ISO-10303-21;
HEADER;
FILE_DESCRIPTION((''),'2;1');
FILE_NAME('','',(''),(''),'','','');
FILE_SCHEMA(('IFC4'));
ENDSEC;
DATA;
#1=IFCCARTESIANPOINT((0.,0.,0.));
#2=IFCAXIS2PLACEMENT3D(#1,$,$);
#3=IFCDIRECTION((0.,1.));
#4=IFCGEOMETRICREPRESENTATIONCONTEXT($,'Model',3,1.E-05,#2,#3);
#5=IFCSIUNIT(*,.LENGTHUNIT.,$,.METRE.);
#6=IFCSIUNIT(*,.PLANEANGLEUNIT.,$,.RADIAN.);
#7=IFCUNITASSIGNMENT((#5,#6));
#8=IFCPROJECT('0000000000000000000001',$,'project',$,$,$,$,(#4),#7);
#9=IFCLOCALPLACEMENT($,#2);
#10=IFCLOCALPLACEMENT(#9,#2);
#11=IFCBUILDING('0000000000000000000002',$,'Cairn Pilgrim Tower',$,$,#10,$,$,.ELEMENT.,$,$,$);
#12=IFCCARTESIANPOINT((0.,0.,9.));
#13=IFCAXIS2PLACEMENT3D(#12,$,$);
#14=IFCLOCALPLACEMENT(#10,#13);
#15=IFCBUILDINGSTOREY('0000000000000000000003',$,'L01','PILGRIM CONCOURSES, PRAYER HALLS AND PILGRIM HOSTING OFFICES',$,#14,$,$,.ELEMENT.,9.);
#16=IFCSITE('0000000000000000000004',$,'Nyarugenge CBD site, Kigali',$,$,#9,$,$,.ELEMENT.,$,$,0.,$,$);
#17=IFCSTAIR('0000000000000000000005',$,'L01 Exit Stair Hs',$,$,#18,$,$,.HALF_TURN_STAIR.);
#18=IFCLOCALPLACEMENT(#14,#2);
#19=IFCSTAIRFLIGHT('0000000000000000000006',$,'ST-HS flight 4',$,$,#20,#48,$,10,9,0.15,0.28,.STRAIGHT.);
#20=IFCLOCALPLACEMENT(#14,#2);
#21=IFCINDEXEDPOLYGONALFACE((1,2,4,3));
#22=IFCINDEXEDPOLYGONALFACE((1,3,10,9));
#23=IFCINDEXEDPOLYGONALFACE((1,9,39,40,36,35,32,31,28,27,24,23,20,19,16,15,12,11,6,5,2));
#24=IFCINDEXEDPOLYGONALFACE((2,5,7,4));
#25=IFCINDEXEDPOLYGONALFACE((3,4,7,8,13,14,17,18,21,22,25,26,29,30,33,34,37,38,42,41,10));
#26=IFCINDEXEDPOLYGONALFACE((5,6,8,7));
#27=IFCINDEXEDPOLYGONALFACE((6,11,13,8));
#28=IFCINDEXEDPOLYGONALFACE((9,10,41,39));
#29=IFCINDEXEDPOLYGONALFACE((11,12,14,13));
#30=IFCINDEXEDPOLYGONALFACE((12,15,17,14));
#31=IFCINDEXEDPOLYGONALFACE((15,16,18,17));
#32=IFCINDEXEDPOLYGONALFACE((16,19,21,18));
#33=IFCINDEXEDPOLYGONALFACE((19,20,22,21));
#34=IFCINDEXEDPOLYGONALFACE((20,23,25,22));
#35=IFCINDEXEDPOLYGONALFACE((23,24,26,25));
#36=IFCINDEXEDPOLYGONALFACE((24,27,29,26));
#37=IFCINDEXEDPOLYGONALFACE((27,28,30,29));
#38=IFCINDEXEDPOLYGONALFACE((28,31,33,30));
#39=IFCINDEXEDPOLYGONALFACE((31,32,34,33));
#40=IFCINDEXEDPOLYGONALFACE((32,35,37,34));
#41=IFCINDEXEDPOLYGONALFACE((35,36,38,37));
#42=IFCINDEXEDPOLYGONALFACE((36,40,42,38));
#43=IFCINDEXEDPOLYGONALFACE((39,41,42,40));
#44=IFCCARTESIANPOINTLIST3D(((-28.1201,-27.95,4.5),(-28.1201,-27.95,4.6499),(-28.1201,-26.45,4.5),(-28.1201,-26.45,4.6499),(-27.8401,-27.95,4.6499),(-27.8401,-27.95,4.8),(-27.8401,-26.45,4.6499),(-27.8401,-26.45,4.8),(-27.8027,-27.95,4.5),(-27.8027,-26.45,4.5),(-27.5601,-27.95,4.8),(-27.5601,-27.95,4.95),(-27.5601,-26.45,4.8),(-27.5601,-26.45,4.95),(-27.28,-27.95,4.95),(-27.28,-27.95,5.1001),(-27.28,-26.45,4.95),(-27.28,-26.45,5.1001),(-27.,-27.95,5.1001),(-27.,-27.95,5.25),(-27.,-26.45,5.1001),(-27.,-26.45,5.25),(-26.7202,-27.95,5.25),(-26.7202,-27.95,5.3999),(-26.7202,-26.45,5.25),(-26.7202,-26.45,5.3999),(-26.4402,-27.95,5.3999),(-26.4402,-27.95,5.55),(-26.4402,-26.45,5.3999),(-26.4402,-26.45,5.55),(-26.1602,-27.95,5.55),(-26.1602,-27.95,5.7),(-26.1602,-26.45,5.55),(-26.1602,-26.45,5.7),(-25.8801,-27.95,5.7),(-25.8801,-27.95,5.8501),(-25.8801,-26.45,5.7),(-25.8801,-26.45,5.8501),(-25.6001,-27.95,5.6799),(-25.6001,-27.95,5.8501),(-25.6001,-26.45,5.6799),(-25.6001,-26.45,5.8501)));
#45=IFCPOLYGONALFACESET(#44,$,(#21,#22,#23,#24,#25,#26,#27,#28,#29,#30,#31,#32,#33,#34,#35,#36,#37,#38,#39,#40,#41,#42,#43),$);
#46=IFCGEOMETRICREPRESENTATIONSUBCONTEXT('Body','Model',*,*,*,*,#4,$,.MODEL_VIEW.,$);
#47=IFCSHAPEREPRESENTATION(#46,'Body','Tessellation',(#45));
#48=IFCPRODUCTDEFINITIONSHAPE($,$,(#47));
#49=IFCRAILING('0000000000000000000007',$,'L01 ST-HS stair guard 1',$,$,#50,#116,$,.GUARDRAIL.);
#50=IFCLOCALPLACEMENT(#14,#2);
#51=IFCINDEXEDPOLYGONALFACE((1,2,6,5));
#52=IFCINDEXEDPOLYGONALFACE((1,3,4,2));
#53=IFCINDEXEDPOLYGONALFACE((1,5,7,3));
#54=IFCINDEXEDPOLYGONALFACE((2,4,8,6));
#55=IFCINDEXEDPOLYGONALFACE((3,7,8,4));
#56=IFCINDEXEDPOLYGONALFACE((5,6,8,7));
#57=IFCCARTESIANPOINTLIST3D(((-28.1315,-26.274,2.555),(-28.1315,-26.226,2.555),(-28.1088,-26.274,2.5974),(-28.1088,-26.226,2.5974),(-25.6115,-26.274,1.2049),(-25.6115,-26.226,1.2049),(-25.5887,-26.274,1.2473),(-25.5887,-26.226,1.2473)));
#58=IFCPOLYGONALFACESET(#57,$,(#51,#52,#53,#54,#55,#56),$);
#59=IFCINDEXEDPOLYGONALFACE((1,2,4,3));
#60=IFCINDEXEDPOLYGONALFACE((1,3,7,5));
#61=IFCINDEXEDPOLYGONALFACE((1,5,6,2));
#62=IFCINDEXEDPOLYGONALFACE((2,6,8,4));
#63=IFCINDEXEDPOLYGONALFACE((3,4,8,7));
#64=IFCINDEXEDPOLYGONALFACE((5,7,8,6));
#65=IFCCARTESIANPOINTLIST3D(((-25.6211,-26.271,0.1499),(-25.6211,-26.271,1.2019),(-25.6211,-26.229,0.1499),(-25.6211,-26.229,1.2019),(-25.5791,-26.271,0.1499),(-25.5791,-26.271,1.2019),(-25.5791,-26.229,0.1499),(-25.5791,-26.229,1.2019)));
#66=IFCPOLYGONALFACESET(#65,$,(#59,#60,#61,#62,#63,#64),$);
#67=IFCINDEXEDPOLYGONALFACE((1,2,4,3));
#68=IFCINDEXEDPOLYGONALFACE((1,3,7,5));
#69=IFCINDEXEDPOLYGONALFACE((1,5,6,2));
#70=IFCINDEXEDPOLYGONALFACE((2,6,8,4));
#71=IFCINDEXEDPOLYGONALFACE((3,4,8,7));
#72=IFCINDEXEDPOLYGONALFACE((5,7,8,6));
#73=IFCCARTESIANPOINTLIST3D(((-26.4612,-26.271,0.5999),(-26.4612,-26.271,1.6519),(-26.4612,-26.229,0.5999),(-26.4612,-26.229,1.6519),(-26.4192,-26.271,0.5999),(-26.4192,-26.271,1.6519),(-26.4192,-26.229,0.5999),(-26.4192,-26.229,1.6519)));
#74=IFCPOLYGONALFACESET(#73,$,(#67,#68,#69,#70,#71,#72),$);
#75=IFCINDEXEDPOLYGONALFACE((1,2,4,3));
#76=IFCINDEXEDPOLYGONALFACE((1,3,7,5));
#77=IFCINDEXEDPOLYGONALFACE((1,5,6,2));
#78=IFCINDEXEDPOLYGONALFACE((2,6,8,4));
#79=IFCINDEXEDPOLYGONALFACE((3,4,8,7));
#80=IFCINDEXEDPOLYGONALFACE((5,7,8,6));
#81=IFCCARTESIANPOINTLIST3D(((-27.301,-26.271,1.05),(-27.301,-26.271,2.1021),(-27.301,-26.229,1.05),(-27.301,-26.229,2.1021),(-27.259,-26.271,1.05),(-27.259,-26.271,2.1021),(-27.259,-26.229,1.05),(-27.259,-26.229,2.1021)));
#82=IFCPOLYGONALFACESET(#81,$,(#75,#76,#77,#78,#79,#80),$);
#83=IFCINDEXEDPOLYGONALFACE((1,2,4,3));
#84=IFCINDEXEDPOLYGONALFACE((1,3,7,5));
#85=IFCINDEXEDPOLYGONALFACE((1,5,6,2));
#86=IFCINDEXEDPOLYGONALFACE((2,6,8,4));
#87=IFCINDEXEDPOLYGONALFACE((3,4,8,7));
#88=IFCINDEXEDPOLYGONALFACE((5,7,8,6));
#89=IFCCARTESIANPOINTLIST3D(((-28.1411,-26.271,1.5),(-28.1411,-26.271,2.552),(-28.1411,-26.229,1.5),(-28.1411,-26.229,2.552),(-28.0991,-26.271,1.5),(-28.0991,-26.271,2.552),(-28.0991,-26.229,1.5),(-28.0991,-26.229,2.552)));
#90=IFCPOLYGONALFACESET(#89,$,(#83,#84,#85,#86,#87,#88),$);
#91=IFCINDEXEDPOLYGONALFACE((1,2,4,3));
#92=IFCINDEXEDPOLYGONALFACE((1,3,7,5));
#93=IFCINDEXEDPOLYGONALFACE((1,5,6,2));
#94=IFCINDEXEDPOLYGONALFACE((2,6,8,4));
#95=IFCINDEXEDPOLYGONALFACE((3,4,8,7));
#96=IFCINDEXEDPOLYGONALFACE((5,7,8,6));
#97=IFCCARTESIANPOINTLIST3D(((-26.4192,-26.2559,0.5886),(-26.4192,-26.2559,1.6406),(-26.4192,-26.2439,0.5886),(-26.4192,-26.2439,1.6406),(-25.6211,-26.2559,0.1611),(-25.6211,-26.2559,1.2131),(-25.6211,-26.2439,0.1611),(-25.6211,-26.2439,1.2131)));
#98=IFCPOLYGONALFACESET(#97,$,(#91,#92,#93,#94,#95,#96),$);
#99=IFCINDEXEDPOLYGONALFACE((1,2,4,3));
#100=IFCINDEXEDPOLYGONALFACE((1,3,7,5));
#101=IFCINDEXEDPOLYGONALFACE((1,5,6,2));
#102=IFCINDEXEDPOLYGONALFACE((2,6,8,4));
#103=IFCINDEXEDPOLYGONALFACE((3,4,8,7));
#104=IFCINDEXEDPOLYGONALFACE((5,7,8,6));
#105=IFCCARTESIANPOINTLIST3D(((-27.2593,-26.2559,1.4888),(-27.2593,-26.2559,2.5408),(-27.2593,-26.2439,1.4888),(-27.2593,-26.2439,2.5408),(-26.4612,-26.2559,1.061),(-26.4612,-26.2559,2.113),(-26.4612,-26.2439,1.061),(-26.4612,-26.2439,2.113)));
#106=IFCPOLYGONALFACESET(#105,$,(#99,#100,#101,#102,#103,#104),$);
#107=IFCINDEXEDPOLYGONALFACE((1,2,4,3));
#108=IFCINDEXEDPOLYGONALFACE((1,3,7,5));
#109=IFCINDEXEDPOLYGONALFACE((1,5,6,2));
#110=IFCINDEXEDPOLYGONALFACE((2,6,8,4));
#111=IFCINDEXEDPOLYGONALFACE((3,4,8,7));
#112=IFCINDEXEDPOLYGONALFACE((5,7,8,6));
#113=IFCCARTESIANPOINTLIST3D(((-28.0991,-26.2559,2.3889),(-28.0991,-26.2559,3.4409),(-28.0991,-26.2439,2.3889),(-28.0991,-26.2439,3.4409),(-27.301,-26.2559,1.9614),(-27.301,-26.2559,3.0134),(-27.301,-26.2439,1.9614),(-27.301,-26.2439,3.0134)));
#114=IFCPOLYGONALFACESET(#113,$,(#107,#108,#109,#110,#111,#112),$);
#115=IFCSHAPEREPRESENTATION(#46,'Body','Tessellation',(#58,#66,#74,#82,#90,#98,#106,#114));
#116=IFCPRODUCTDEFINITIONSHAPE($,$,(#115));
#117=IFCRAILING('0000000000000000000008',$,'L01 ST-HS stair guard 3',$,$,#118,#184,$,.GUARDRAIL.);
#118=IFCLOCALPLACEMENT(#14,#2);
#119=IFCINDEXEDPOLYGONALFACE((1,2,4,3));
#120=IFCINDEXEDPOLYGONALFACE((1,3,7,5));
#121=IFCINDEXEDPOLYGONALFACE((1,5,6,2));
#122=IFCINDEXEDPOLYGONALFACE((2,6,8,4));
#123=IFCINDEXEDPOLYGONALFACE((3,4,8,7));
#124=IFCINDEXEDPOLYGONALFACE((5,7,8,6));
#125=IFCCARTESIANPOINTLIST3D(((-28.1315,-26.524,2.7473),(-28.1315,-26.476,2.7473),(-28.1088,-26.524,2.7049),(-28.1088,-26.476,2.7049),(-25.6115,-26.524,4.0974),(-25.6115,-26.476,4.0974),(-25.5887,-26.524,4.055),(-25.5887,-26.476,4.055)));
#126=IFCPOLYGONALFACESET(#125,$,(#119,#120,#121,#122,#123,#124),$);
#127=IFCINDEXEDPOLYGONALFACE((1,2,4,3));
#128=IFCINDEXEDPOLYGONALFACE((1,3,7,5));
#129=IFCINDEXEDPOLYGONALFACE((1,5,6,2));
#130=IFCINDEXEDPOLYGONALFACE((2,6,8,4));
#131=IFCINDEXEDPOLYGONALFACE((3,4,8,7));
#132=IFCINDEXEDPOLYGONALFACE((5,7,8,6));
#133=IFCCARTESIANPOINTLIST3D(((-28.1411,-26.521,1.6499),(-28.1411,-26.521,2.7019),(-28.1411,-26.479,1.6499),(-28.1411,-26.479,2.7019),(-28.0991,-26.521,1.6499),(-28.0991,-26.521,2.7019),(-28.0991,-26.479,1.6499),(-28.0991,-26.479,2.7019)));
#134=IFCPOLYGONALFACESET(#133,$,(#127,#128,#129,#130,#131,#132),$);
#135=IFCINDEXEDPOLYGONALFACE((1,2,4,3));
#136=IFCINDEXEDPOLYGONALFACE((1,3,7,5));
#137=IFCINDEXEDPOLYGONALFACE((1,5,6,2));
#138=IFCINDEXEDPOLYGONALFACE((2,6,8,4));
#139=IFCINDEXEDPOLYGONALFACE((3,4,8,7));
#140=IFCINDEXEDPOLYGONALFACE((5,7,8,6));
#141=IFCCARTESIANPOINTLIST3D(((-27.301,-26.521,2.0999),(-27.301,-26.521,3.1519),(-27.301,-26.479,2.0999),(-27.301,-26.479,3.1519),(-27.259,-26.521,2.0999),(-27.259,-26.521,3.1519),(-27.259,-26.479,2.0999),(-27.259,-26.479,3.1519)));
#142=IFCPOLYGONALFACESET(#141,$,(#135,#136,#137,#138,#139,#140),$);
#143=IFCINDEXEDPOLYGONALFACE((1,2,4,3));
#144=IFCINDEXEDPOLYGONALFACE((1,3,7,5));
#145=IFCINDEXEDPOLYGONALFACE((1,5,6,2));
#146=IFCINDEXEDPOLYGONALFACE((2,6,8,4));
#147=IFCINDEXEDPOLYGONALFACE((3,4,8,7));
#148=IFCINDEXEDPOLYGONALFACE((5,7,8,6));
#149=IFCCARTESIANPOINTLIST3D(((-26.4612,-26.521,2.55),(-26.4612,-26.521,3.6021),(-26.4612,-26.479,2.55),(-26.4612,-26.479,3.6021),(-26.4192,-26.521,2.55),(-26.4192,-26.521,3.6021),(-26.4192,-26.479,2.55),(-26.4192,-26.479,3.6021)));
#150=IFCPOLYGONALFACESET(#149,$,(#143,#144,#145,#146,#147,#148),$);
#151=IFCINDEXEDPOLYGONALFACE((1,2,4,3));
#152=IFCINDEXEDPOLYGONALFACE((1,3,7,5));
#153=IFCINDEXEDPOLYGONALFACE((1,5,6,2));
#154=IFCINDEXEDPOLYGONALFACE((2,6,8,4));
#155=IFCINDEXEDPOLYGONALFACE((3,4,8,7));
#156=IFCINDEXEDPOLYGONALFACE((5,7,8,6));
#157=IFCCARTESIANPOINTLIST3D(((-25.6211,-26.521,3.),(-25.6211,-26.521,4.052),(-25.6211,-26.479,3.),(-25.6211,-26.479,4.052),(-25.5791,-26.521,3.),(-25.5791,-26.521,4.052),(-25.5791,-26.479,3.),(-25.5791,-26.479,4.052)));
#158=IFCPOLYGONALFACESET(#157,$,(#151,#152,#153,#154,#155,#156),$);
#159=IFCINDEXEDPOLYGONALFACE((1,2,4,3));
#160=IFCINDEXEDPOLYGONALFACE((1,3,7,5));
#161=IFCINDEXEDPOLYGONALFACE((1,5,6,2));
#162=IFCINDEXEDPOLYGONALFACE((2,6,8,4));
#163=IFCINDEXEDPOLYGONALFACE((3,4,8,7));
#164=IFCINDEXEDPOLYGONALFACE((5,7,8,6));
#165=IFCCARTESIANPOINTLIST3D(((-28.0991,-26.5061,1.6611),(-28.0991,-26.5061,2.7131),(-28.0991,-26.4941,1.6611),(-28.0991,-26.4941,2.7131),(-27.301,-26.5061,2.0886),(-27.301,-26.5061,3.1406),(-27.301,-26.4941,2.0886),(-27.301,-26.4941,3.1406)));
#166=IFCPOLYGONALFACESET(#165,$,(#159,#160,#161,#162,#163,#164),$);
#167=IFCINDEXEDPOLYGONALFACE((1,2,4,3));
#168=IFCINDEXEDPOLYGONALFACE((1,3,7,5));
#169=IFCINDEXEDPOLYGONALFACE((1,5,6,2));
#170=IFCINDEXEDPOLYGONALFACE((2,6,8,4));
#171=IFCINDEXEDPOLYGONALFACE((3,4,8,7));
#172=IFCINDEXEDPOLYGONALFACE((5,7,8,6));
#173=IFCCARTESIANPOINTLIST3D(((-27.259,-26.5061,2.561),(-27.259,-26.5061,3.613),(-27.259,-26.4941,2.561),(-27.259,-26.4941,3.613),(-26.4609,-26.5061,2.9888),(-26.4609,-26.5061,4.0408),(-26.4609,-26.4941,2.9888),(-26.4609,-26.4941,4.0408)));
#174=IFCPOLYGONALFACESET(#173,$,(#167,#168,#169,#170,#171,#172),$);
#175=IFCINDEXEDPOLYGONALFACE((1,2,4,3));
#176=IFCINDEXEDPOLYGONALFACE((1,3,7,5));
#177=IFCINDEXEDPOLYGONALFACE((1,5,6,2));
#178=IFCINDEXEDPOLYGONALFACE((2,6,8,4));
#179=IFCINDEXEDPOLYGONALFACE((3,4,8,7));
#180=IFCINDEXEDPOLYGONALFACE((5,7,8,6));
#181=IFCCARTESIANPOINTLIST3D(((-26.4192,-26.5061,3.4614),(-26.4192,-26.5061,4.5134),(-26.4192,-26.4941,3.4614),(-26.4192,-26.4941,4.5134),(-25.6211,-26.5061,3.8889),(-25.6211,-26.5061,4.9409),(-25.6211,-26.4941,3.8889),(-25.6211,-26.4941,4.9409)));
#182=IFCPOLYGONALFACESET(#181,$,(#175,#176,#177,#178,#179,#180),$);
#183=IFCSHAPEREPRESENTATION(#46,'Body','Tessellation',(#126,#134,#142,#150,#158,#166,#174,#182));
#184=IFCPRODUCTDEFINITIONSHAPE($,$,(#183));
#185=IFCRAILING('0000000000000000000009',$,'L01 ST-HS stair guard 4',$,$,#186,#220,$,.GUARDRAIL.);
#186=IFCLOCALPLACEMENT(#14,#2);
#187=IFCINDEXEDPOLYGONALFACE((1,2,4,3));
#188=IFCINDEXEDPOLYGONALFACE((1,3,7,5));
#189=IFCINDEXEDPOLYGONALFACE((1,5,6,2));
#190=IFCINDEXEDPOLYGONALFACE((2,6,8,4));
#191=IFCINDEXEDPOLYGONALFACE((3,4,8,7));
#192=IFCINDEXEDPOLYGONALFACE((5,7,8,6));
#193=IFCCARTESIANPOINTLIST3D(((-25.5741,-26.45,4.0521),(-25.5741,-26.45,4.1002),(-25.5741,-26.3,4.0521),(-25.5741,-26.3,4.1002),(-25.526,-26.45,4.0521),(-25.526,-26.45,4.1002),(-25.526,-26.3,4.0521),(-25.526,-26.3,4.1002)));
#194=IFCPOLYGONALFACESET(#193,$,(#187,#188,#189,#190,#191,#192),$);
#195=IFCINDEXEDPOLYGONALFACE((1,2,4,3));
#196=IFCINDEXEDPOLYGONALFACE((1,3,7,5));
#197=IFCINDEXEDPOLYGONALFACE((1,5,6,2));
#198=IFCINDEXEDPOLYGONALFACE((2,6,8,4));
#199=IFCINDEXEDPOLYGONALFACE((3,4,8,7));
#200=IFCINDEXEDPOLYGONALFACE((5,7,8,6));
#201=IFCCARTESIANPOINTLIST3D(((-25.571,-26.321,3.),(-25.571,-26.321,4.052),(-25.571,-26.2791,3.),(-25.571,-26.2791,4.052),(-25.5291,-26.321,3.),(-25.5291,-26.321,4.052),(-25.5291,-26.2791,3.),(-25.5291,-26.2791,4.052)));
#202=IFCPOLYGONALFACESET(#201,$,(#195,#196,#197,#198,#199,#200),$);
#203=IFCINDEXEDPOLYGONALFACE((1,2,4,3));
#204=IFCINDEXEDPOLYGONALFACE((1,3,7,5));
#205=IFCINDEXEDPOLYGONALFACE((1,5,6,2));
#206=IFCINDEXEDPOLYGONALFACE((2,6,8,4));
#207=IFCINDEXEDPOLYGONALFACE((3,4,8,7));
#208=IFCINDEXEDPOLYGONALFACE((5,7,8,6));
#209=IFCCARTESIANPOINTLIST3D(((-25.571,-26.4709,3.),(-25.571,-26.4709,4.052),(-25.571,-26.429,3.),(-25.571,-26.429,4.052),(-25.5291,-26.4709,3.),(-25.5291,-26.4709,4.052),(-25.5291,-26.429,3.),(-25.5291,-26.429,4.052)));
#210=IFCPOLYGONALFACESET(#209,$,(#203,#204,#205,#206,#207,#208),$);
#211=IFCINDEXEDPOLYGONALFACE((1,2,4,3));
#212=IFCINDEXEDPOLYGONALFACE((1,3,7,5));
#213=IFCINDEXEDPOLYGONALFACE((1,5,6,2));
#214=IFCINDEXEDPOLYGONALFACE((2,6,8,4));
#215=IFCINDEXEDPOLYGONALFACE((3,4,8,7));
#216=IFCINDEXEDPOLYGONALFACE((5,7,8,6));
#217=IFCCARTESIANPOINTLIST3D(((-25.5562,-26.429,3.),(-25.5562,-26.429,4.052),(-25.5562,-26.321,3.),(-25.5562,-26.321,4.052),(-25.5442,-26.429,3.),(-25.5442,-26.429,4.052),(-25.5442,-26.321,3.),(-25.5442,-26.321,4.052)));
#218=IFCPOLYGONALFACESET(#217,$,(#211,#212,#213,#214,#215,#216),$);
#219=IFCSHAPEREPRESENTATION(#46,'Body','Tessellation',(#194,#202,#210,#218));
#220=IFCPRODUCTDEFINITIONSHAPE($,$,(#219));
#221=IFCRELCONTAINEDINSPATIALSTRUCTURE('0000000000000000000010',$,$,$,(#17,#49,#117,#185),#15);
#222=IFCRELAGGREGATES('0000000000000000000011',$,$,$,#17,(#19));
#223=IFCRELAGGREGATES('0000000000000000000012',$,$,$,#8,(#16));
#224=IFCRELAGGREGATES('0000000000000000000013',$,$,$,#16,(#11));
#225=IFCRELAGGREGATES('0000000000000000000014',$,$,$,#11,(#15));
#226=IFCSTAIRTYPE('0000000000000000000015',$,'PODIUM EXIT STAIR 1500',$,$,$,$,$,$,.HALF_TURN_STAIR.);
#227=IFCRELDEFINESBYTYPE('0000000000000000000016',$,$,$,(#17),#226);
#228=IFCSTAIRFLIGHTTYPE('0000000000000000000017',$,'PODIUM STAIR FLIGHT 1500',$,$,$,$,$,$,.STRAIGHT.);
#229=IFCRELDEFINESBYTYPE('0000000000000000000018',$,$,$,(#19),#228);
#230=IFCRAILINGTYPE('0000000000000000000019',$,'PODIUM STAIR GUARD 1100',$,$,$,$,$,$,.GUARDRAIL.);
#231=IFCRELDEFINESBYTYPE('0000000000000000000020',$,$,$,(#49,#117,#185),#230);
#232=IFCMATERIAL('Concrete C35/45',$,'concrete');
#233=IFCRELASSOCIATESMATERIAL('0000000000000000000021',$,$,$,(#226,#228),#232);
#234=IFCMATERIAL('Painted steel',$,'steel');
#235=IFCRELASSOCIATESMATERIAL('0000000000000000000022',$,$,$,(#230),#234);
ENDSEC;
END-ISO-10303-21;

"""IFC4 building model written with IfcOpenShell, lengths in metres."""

from ifc_helpers import new_model, si_unit, direction, frame, origin, origin_2d, place, context, subcontext, project, spatial, polyline, rectangle, outline, extrude, material, type_object, element, aggregate, save


model = new_model("IFC4")

# Units and contexts
model_context = context("Model", 3, precision=1e-05, world=origin(), true_north=direction((0.0, 1.0)))
body_context = subcontext(model_context, "Body", "Model", "MODEL_VIEW")
ifc_project = project(units=[si_unit("LENGTHUNIT", "METRE"), si_unit("PLANEANGLEUNIT", "RADIAN")], contexts=[model_context])

# Site, building, storey
site_placement = place(None, origin())
site = spatial("IfcSite", under=ifc_project, at=site_placement, Name="Nyarugenge CBD site, Kigali", CompositionType="ELEMENT", RefElevation=0.0)
building_placement = place(site_placement, origin())
building = spatial("IfcBuilding", under=site, at=building_placement, Name="Cairn Pilgrim Tower", CompositionType="ELEMENT")
storey_placement = place(building_placement, frame((0.0, 0.0, 9.0)))
storey = spatial("IfcBuildingStorey", under=building, at=storey_placement, Name="L01", Description="PILGRIM CONCOURSES, PRAYER HALLS AND PILGRIM HOSTING OFFICES", CompositionType="ELEMENT", Elevation=9.0)

# Shared definitions
ifc_material_1 = material(Name="Concrete C35/45", Category="concrete")

# Stair, stair flight
stair_type = type_object("IfcStairType", Name="PODIUM EXIT STAIR 1500", PredefinedType="HALF_TURN_STAIR", material=ifc_material_1)
stair_placement = place(storey_placement, origin())
stair = element("IfcStair", 1, at=stair_placement, inside=storey, type_object=stair_type, Name="L01 Exit Stair Hs", PredefinedType="HALF_TURN_STAIR")
stair_flight_type = type_object("IfcStairFlightType", Name="PODIUM STAIR FLIGHT 1500", PredefinedType="STRAIGHT", material=ifc_material_1)
stair_flight_1_placement = place(storey_placement, frame((-28.1201, -27.2, 4.5), z_axis=(0.0, 0.0, 1.0), x_axis=(1.0, 0.0, 0.0)))
stair_flight_1 = element("IfcStairFlight", 2, at=stair_flight_1_placement, type_object=stair_flight_type, Name="ST-HS flight 4", NumberOfRisers=10, NumberOfTreads=9, PredefinedType="STRAIGHT", RiserHeight=0.15, TreadLength=0.28, context=body_context, shape_type="SweptSolid", body=[
    extrude(outline(polyline([(0.0, 0.0), (0.0, 0.1499), (0.28, 0.1499), (0.28, 0.3), (0.5601, 0.3), (0.5601, 0.45), (0.8401, 0.45), (0.8401, 0.6001), (1.1201, 0.6001), (1.1201, 0.75), (1.3999, 0.75), (1.3999, 0.8999), (1.6799, 0.8999), (1.6799, 1.05), (1.96, 1.05), (1.96, 1.2), (2.24, 1.2), (2.24, 1.3501), (2.52, 1.3501), (2.52, 1.5), (2.52, 1.1799), (0.3174, 0.0), (0.0, 0.0)])), frame((0.0, 0.75, 0.0), z_axis=(0.0, -1.0, 0.0), x_axis=(1.0, 0.0, 0.0)), (0.0, 0.0, 1.0), 1.5),
])
aggregate(stair, [stair_flight_1])

# Railings
ifc_material_2 = material(Name="Painted steel", Category="steel")
railing_type_1 = type_object("IfcRailingType", Name="PODIUM STAIR GUARD 1100", PredefinedType="GUARDRAIL", material=ifc_material_2)
railing_1_placement = place(storey_placement, frame((-25.6001, -26.25, 0.1499)))
element("IfcRailing", 3, at=railing_1_placement, inside=storey, type_object=railing_type_1, Name="L01 ST-HS stair guard 1", PredefinedType="GUARDRAIL", context=body_context, shape_type="SweptSolid", body=[
    extrude(rectangle(XDim=0.0481, YDim=0.0481, at=origin_2d()), frame((0.0, 0.0, 1.0762), z_axis=(-0.881467, 0.0, 0.472245), x_axis=(0.0, -1.0, 0.0)), (0.0, 0.0, 1.0), 2.8589),
    extrude(rectangle(XDim=0.042, YDim=0.042, at=origin_2d()), origin(), (0.0, 0.0, 1.0), 1.052),
    extrude(rectangle(XDim=0.042, YDim=0.042, at=origin_2d()), frame((-0.8401, 0.0, 0.45)), (0.0, 0.0, 1.0), 1.052),
    extrude(rectangle(XDim=0.042, YDim=0.042, at=origin_2d()), frame((-1.6799, 0.0, 0.9001)), (0.0, 0.0, 1.0), 1.052),
    extrude(rectangle(XDim=0.042, YDim=0.042, at=origin_2d()), frame((-2.52, 0.0, 1.3501)), (0.0, 0.0, 1.0), 1.052),
    extrude(outline(polyline([(0.021, 0.0112), (0.8191, 0.4387), (0.8191, 1.4907), (0.021, 1.0632), (0.021, 0.0112)])), frame((0.0, -0.0059, 0.0), z_axis=(0.0, 1.0, 0.0), x_axis=(-1.0, 0.0, 0.0)), (0.0, 0.0, 1.0), 0.012),
    extrude(outline(polyline([(0.021, 0.4612), (0.8191, 0.8889), (0.8191, 1.9409), (0.021, 1.5132), (0.021, 0.4612)])), frame((-0.8401, -0.0059, 0.45), z_axis=(0.0, 1.0, 0.0), x_axis=(-1.0, 0.0, 0.0)), (0.0, 0.0, 1.0), 0.012),
    extrude(outline(polyline([(0.021, 0.9114), (0.8191, 1.3389), (0.8191, 2.3909), (0.021, 1.9634), (0.021, 0.9114)])), frame((-1.6799, -0.0059, 0.9001), z_axis=(0.0, 1.0, 0.0), x_axis=(-1.0, 0.0, 0.0)), (0.0, 0.0, 1.0), 0.012),
])
railing_2_placement = place(storey_placement, frame((-28.1201, -26.5, 1.6499)))
element("IfcRailing", 4, at=railing_2_placement, inside=storey, type_object=railing_type_1, Name="L01 ST-HS stair guard 3", PredefinedType="GUARDRAIL", context=body_context, shape_type="SweptSolid", body=[
    extrude(rectangle(XDim=0.0481, YDim=0.0481, at=origin_2d()), frame((0.0, 0.0, 1.0762), z_axis=(0.881467, 0.0, 0.472245), x_axis=(0.0, 1.0, 0.0)), (0.0, 0.0, 1.0), 2.8589),
    extrude(rectangle(XDim=0.042, YDim=0.042, at=origin_2d()), origin(), (0.0, 0.0, 1.0), 1.052),
    extrude(rectangle(XDim=0.042, YDim=0.042, at=origin_2d()), frame((0.8401, 0.0, 0.45)), (0.0, 0.0, 1.0), 1.052),
    extrude(rectangle(XDim=0.042, YDim=0.042, at=origin_2d()), frame((1.6799, 0.0, 0.9001)), (0.0, 0.0, 1.0), 1.052),
    extrude(rectangle(XDim=0.042, YDim=0.042, at=origin_2d()), frame((2.52, 0.0, 1.3501)), (0.0, 0.0, 1.0), 1.052),
    extrude(outline(polyline([(0.021, 0.0112), (0.8191, 0.4387), (0.8191, 1.4907), (0.021, 1.0632), (0.021, 0.0112)])), frame((0.0, 0.0059, 0.0), z_axis=(0.0, -1.0, 0.0), x_axis=(1.0, 0.0, 0.0)), (0.0, 0.0, 1.0), 0.012),
    extrude(outline(polyline([(0.021, 0.4612), (0.8191, 0.8889), (0.8191, 1.9409), (0.021, 1.5132), (0.021, 0.4612)])), frame((0.8401, 0.0059, 0.45), z_axis=(0.0, -1.0, 0.0), x_axis=(1.0, 0.0, 0.0)), (0.0, 0.0, 1.0), 0.012),
    extrude(outline(polyline([(0.021, 0.9114), (0.8191, 1.3389), (0.8191, 2.3909), (0.021, 1.9634), (0.021, 0.9114)])), frame((1.6799, 0.0059, 0.9001), z_axis=(0.0, -1.0, 0.0), x_axis=(1.0, 0.0, 0.0)), (0.0, 0.0, 1.0), 0.012),
])
railing_3_placement = place(storey_placement, frame((-25.55, -26.3, 3.0)))
element("IfcRailing", 5, at=railing_3_placement, inside=storey, type_object=railing_type_1, Name="L01 ST-HS stair guard 4", PredefinedType="GUARDRAIL", context=body_context, shape_type="SweptSolid", body=[
    extrude(rectangle(XDim=0.0481, YDim=0.0481, at=origin_2d()), frame((0.0, 0.0, 1.0762), z_axis=(0.0, -1.0, 0.0), x_axis=(1.0, 0.0, 0.0)), (0.0, 0.0, 1.0), 0.1499),
    extrude(rectangle(XDim=0.042, YDim=0.042, at=origin_2d()), origin(), (0.0, 0.0, 1.0), 1.052),
    extrude(rectangle(XDim=0.042, YDim=0.042, at=origin_2d()), frame((0.0, -0.1499, 0.0)), (0.0, 0.0, 1.0), 1.052),
    extrude(outline(polyline([(0.021, 0.0), (0.1289, 0.0), (0.1289, 1.052), (0.021, 1.052), (0.021, 0.0)])), frame((0.0059, 0.0, 0.0), z_axis=(-1.0, 0.0, 0.0), x_axis=(0.0, -1.0, 0.0)), (0.0, 0.0, 1.0), 0.012),
])

save(model, "model.ifc")
